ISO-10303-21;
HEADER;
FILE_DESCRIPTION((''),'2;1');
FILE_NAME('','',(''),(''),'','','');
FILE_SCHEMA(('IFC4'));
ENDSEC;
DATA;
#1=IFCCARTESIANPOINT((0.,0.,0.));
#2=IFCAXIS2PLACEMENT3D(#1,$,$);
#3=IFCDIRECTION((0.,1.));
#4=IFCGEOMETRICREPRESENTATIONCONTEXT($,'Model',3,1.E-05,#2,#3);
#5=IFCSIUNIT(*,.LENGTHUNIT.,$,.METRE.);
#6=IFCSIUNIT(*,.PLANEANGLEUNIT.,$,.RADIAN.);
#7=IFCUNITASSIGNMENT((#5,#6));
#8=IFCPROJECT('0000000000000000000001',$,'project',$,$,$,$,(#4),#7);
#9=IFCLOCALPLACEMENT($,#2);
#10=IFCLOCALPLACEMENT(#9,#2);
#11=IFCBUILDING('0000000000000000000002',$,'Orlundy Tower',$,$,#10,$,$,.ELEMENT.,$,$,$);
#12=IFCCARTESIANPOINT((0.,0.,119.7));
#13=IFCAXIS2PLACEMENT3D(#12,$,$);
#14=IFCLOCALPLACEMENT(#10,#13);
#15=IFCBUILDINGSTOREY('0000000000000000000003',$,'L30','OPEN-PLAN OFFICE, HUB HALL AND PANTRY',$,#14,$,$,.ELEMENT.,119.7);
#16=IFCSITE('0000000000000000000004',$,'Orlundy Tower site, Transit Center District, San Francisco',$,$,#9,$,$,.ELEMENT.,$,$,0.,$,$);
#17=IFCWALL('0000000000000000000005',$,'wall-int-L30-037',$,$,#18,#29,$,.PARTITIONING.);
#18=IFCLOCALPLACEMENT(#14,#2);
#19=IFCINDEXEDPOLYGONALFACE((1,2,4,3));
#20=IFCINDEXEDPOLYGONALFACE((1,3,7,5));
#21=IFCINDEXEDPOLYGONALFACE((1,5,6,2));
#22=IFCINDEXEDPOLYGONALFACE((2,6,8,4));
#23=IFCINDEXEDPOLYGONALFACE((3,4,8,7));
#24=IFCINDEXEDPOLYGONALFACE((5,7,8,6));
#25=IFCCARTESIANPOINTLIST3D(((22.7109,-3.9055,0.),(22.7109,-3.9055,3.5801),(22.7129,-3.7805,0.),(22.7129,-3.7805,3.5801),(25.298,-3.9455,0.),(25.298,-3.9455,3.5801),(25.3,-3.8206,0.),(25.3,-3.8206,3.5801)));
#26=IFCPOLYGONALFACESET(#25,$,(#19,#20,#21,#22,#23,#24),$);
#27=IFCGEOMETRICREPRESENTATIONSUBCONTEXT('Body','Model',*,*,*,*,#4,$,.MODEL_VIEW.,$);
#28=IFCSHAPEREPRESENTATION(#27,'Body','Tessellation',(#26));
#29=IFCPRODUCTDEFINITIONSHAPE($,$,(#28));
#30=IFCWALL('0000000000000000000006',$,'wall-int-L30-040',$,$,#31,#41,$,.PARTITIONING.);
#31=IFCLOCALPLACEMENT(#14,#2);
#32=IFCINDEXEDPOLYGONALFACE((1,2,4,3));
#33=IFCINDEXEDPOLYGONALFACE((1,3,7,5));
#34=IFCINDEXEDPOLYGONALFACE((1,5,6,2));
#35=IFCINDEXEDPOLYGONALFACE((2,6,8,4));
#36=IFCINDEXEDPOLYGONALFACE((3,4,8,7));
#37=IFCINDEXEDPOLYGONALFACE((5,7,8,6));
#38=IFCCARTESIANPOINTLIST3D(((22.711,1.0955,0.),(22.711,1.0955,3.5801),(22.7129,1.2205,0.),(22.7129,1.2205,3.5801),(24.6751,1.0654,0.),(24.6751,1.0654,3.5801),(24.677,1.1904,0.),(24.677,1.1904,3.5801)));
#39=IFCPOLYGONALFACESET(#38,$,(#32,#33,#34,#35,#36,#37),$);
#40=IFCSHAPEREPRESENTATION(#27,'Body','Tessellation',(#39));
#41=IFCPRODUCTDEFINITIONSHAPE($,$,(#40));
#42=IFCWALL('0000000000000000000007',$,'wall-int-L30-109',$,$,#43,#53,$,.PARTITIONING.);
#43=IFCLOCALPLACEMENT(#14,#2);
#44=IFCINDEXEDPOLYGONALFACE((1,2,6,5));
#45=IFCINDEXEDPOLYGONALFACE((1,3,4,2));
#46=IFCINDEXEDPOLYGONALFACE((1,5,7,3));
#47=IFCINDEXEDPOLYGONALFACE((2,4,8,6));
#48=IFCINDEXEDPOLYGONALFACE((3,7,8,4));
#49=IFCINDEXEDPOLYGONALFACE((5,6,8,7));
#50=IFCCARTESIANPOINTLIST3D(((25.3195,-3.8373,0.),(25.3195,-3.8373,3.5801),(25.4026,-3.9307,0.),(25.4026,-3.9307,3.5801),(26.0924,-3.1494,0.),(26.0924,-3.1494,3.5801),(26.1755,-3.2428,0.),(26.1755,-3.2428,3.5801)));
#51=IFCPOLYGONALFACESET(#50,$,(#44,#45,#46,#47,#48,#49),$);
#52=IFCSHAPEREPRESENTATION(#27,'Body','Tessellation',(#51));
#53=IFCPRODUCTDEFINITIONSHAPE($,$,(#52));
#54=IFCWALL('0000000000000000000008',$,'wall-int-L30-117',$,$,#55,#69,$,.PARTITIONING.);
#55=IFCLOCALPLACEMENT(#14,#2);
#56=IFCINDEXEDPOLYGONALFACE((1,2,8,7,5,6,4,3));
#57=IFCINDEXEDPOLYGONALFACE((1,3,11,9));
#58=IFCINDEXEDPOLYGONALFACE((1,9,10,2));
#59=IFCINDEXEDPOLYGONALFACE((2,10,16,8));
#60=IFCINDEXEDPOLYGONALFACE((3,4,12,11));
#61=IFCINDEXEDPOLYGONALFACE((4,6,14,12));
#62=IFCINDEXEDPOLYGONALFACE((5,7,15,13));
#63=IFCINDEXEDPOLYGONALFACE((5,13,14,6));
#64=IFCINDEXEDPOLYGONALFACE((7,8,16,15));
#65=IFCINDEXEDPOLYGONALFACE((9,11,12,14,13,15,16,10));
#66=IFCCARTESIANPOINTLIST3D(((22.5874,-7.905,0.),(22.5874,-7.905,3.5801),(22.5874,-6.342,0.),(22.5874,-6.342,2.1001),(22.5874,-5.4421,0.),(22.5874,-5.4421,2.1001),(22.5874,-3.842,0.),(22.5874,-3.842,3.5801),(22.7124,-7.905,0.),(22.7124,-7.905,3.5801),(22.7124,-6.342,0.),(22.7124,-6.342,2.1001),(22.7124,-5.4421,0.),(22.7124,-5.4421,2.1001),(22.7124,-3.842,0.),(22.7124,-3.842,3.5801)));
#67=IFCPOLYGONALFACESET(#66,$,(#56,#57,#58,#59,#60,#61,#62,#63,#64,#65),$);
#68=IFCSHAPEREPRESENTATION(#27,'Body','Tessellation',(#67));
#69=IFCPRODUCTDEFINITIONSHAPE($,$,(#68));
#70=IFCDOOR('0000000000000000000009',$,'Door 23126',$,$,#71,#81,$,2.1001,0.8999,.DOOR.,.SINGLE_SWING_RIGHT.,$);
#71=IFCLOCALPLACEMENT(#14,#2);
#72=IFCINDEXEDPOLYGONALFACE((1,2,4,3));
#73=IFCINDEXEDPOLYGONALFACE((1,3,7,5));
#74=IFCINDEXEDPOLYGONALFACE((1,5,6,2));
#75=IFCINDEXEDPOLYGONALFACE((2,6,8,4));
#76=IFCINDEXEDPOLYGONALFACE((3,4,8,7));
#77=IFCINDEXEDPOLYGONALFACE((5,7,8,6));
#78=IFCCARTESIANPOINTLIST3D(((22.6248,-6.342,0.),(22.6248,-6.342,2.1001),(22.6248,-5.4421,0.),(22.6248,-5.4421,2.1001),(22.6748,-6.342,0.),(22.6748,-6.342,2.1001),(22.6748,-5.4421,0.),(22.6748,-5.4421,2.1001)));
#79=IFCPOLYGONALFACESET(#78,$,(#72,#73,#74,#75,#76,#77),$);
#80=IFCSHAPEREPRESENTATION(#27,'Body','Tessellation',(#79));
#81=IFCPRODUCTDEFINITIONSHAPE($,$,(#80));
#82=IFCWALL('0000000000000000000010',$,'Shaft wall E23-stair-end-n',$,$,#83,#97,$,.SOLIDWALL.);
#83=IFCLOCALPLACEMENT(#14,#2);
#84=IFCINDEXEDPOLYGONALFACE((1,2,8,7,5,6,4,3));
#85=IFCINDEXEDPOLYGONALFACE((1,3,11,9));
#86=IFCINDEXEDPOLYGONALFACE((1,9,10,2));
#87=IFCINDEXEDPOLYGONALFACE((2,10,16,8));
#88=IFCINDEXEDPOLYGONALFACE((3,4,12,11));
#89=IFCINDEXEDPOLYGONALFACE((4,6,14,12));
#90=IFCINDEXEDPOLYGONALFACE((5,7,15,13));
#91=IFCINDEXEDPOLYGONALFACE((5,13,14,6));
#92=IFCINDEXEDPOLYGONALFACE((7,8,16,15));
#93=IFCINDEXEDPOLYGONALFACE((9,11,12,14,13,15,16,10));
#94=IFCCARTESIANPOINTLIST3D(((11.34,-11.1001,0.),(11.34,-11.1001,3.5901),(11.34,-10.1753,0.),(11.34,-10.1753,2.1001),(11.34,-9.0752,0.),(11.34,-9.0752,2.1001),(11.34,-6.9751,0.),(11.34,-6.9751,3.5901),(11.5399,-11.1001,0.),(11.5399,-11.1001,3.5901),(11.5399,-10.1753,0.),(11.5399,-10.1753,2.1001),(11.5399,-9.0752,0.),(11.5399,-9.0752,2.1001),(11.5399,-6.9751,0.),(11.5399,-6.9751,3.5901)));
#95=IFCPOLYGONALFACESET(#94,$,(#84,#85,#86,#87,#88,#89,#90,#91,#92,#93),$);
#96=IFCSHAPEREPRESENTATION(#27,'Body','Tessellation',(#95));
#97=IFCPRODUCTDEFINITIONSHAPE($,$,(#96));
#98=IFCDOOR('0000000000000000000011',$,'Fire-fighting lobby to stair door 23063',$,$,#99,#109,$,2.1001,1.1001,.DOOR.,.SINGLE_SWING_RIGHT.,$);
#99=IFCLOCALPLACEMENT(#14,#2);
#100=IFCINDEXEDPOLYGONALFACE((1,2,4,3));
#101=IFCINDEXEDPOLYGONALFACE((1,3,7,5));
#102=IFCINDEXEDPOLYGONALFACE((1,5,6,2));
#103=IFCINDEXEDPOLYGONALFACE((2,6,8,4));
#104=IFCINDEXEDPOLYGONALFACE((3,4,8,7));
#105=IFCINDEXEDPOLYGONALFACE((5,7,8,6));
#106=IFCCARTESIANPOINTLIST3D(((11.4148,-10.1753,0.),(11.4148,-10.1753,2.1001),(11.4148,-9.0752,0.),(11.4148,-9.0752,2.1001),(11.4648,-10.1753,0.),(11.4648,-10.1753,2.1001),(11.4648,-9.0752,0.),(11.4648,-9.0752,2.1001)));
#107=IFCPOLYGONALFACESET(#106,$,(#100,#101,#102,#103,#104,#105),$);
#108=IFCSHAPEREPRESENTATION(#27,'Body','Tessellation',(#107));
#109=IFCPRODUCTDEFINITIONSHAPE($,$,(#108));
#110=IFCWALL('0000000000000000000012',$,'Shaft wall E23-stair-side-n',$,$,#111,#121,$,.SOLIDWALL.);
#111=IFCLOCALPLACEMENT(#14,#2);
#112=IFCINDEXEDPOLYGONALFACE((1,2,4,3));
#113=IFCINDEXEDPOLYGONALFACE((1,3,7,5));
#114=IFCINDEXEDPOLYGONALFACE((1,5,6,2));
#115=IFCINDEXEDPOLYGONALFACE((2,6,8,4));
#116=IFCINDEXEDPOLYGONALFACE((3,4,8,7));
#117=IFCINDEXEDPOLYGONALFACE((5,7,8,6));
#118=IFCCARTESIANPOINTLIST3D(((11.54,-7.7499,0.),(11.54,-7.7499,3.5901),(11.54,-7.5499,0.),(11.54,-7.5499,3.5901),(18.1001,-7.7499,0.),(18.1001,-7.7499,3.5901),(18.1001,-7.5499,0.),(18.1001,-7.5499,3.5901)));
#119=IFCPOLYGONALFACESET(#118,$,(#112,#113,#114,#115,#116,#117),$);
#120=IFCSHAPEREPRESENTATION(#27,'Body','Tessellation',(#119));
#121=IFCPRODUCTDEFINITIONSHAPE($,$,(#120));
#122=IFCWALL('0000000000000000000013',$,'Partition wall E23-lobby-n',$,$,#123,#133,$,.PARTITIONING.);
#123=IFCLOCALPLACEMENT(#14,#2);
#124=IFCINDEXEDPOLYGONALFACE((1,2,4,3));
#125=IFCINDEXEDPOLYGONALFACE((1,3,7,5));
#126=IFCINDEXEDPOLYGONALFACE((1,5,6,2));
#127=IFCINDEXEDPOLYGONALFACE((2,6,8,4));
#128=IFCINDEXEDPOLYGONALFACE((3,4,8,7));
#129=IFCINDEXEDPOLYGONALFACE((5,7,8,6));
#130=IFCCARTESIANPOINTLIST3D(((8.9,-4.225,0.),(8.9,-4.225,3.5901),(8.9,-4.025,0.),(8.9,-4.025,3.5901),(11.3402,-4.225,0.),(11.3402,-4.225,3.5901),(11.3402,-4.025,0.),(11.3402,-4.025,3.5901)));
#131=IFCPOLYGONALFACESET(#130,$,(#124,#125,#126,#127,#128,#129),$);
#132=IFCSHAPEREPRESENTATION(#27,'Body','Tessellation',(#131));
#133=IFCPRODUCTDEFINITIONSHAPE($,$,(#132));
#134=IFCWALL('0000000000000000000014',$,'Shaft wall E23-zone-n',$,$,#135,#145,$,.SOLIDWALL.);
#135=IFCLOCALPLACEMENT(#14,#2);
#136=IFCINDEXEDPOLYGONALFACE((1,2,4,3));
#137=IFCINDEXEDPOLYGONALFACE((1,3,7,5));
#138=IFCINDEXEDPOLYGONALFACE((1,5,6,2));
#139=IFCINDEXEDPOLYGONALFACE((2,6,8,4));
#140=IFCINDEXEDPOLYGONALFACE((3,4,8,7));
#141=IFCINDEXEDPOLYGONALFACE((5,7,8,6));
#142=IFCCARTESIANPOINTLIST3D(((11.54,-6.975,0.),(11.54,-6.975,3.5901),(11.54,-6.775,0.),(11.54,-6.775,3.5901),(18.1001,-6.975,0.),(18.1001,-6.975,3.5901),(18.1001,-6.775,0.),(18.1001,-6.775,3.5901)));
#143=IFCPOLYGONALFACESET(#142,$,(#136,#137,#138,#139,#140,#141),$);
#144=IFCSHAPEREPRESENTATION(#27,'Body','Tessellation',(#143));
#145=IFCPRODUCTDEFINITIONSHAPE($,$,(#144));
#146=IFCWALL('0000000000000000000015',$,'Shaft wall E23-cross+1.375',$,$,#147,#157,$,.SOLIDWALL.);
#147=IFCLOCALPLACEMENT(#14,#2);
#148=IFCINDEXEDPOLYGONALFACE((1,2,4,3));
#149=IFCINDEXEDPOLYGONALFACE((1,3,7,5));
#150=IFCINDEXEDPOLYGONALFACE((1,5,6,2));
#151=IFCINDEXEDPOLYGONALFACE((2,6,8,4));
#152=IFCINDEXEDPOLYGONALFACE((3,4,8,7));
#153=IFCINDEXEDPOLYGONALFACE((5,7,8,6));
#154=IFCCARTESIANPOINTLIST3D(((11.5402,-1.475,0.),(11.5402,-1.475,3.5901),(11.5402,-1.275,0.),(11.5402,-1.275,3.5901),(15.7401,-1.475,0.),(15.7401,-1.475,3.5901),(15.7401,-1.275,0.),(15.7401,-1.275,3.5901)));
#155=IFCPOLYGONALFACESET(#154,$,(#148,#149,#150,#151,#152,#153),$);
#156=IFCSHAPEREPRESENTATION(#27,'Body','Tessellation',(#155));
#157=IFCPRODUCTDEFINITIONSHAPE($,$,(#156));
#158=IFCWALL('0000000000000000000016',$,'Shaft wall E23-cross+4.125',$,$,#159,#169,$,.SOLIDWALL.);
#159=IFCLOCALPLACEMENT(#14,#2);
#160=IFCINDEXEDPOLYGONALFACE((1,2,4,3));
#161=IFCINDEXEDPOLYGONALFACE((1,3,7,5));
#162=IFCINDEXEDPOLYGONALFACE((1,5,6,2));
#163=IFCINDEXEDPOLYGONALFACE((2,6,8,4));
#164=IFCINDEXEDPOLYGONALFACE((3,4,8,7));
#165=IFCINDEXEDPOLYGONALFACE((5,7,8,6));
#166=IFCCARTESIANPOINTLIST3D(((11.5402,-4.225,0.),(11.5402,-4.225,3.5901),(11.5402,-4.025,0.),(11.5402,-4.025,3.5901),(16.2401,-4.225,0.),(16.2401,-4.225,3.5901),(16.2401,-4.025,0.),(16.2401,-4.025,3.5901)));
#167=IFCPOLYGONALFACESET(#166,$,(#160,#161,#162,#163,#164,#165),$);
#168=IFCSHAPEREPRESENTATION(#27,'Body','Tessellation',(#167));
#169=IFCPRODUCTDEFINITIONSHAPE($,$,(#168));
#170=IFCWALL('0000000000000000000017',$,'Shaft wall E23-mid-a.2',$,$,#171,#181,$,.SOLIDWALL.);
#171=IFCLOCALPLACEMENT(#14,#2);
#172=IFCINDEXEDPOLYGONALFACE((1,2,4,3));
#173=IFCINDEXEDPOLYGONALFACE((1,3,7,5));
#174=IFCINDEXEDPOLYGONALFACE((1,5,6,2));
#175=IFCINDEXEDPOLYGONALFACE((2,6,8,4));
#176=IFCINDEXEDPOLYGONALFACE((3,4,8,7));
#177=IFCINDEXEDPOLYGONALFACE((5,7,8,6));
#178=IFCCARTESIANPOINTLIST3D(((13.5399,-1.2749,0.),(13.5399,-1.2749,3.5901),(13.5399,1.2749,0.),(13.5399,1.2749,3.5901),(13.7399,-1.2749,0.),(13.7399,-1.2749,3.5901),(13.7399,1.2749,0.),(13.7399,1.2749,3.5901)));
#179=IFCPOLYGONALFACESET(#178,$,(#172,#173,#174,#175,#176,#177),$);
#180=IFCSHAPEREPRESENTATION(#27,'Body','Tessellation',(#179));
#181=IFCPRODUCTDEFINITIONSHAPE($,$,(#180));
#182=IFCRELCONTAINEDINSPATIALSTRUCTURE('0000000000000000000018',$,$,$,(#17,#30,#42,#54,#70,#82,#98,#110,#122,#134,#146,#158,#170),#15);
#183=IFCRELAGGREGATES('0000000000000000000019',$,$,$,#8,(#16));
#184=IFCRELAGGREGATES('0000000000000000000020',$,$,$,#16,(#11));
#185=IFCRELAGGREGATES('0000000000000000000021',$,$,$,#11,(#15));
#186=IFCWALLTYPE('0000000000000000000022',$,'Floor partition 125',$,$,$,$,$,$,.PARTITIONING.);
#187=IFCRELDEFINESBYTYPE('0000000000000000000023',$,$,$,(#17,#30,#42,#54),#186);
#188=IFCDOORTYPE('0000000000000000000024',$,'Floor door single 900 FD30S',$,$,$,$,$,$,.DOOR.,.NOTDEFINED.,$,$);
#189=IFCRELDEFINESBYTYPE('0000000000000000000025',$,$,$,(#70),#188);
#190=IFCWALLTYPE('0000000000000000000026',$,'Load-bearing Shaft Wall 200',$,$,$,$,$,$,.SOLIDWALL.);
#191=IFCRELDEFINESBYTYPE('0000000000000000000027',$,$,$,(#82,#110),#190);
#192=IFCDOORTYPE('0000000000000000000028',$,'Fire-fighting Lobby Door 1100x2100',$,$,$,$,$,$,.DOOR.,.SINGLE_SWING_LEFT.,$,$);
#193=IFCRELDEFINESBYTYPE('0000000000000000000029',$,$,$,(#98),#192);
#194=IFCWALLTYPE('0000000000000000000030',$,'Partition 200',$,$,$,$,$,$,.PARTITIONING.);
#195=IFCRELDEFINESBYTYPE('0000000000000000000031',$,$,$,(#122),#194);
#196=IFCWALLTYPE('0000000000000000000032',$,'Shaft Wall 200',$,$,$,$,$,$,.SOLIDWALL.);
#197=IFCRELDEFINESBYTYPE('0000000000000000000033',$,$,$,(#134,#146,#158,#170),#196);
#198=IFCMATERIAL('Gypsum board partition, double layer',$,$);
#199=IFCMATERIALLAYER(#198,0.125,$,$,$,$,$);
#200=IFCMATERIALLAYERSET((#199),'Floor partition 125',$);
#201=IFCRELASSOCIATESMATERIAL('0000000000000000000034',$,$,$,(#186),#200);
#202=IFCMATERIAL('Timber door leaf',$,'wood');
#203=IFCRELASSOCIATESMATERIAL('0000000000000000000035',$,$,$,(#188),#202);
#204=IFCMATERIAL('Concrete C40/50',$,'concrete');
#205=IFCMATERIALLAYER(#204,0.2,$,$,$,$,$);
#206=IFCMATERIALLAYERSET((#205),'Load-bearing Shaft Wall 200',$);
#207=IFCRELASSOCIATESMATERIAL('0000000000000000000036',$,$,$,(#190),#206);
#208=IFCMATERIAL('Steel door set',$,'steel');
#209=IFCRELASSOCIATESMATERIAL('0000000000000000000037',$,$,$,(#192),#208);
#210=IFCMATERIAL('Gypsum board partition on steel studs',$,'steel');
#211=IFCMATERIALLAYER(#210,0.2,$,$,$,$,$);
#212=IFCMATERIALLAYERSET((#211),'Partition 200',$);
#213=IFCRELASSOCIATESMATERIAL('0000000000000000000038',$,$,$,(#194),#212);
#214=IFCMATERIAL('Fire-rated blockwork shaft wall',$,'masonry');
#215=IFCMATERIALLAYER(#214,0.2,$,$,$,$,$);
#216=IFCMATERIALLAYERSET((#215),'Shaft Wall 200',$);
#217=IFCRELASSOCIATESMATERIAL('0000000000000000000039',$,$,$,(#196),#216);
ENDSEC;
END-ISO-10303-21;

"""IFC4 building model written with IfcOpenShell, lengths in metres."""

from ifc_helpers import new_model, si_unit, direction, frame, frame_2d, origin, place, context, subcontext, project, spatial, rectangle, extrude, material, layer, layer_set, type_object, element, fill, save


model = new_model("IFC4")

# Units and contexts
model_context = context("Model", 3, precision=1e-05, world=origin(), true_north=direction((0.0, 1.0)))
body_context = subcontext(model_context, "Body", "Model", "MODEL_VIEW")
ifc_project = project(units=[si_unit("LENGTHUNIT", "METRE"), si_unit("PLANEANGLEUNIT", "RADIAN")], contexts=[model_context])

# Site, building, storey
site_placement = place(None, origin())
site = spatial("IfcSite", under=ifc_project, at=site_placement, Name="Orlundy Tower site, Transit Center District, San Francisco", CompositionType="ELEMENT", RefElevation=0.0)
building_placement = place(site_placement, origin())
building = spatial("IfcBuilding", under=site, at=building_placement, Name="Orlundy Tower", CompositionType="ELEMENT")
storey_placement = place(building_placement, frame((0.0, 0.0, 119.7)))
storey = spatial("IfcBuildingStorey", under=building, at=storey_placement, Name="L30", Description="OPEN-PLAN OFFICE, HUB HALL AND PANTRY", CompositionType="ELEMENT", Elevation=119.7)

# Walls
ifc_material_1 = material(Name="Gypsum board partition, double layer")
ifc_layer_1 = layer(ifc_material_1, 0.125)
ifc_layer_set_1 = layer_set([ifc_layer_1], Name="Floor partition 125")
wall_type_1 = type_object("IfcWallType", Name="Floor partition 125", PredefinedType="PARTITIONING", material=ifc_layer_set_1)
wall_1_placement = place(storey_placement, frame((22.7119, -3.843, 0.0), z_axis=(0.0, 0.0, 1.0), x_axis=(0.99988, -0.015474, 0.0)))
element("IfcWall", 1, at=wall_1_placement, inside=storey, type_object=wall_type_1, Name="wall-int-L30-037", PredefinedType="PARTITIONING", context=body_context, shape_type="SweptSolid", body=[
    extrude(rectangle(XDim=2.5874, YDim=0.125, at=frame_2d((1.2937, 0.0))), origin(), (0.0, 0.0, 1.0), 3.5801),
])
wall_2_placement = place(storey_placement, frame((22.7119, 1.158, 0.0), z_axis=(0.0, 0.0, 1.0), x_axis=(0.999883, -0.015287, 0.0)))
element("IfcWall", 2, at=wall_2_placement, inside=storey, type_object=wall_type_1, Name="wall-int-L30-040", PredefinedType="PARTITIONING", context=body_context, shape_type="SweptSolid", body=[
    extrude(rectangle(XDim=1.9644, YDim=0.125, at=frame_2d((0.9822, 0.0))), origin(), (0.0, 0.0, 1.0), 3.5801),
])
wall_3_placement = place(storey_placement, frame((25.3611, -3.884, 0.0), z_axis=(0.0, 0.0, 1.0), x_axis=(0.746967, 0.664862, 0.0)))
element("IfcWall", 3, at=wall_3_placement, inside=storey, type_object=wall_type_1, Name="wall-int-L30-109", PredefinedType="PARTITIONING", context=body_context, shape_type="SweptSolid", body=[
    extrude(rectangle(XDim=1.0347, YDim=0.125, at=frame_2d((0.5173, 0.0))), origin(), (0.0, 0.0, 1.0), 3.5801),
])

# Walls, openings, doors
wall_4_placement = place(storey_placement, frame((22.6499, -3.842, 0.0), z_axis=(0.0, 0.0, 1.0), x_axis=(0.0, -1.0, 0.0)))
wall_4 = element("IfcWall", 4, at=wall_4_placement, inside=storey, type_object=wall_type_1, Name="wall-int-L30-117", PredefinedType="PARTITIONING", context=body_context, shape_type="SweptSolid", body=[
    extrude(rectangle(XDim=4.063, YDim=0.125, at=frame_2d((2.0315, 0.0))), origin(), (0.0, 0.0, 1.0), 3.5801),
])
opening_1_placement = place(wall_4_placement, frame((1.6001, 0.0, 0.0)))
opening_1 = element("IfcOpeningElement", 5, at=opening_1_placement, cuts=wall_4, PredefinedType="OPENING", context=body_context, shape_type="SweptSolid", body=[
    extrude(rectangle(XDim=0.8999, YDim=2.1001, at=frame_2d((0.45, 1.05))), frame((0.0, 0.0725, 0.0), z_axis=(0.0, -1.0, 0.0), x_axis=(1.0, 0.0, 0.0)), (0.0, 0.0, 1.0), 0.145),
])
ifc_material_2 = material(Name="Timber door leaf", Category="wood")
door_type_1 = type_object("IfcDoorType", Name="Floor door single 900 FD30S", OperationType="NOTDEFINED", PredefinedType="DOOR", material=ifc_material_2)
door_1_placement = place(opening_1_placement, origin())
door_1 = element("IfcDoor", 6, at=door_1_placement, inside=storey, type_object=door_type_1, Name="Door 23126", OperationType="SINGLE_SWING_RIGHT", OverallHeight=2.1001, OverallWidth=0.8999, PredefinedType="DOOR", context=body_context, shape_type="SweptSolid", body=[
    extrude(rectangle(XDim=0.8999, YDim=2.1001, at=frame_2d((0.45, 1.05))), frame((0.0, 0.0249, 0.0), z_axis=(0.0, -1.0, 0.0), x_axis=(1.0, 0.0, 0.0)), (0.0, 0.0, 1.0), 0.05),
])
fill(opening_1, door_1)
ifc_material_3 = material(Name="Concrete C40/50", Category="concrete")
ifc_layer_2 = layer(ifc_material_3, 0.2)
ifc_layer_set_2 = layer_set([ifc_layer_2], Name="Load-bearing Shaft Wall 200")
wall_type_2 = type_object("IfcWallType", Name="Load-bearing Shaft Wall 200", PredefinedType="SOLIDWALL", material=ifc_layer_set_2)
wall_5_placement = place(storey_placement, frame((11.4399, -6.9751, 0.0), z_axis=(0.0, 0.0, 1.0), x_axis=(0.0, -1.0, 0.0)))
wall_5 = element("IfcWall", 7, at=wall_5_placement, inside=storey, type_object=wall_type_2, Name="Shaft wall E23-stair-end-n", PredefinedType="SOLIDWALL", context=body_context, shape_type="SweptSolid", body=[
    extrude(rectangle(XDim=4.125, YDim=0.2, at=frame_2d((2.0625, 0.0))), origin(), (0.0, 0.0, 1.0), 3.5901),
])
opening_2_placement = place(wall_5_placement, frame((2.1001, 0.0, 0.0)))
opening_2 = element("IfcOpeningElement", 8, at=opening_2_placement, cuts=wall_5, PredefinedType="OPENING", context=body_context, shape_type="SweptSolid", body=[
    extrude(rectangle(XDim=1.1001, YDim=2.1001, at=frame_2d((0.55, 1.05))), frame((0.0, 0.1101, 0.0), z_axis=(0.0, -1.0, 0.0), x_axis=(1.0, 0.0, 0.0)), (0.0, 0.0, 1.0), 0.2202),
])
ifc_material_4 = material(Name="Steel door set", Category="steel")
door_type_2 = type_object("IfcDoorType", Name="Fire-fighting Lobby Door 1100x2100", OperationType="SINGLE_SWING_LEFT", PredefinedType="DOOR", material=ifc_material_4)
door_2_placement = place(opening_2_placement, origin())
door_2 = element("IfcDoor", 9, at=door_2_placement, inside=storey, type_object=door_type_2, Name="Fire-fighting lobby to stair door 23063", OperationType="SINGLE_SWING_RIGHT", OverallHeight=2.1001, OverallWidth=1.1001, PredefinedType="DOOR", context=body_context, shape_type="SweptSolid", body=[
    extrude(rectangle(XDim=1.1001, YDim=2.1001, at=frame_2d((0.55, 1.05))), frame((0.0, 0.0249, 0.0), z_axis=(0.0, -1.0, 0.0), x_axis=(1.0, 0.0, 0.0)), (0.0, 0.0, 1.0), 0.05),
])
fill(opening_2, door_2)

# Walls
wall_6_placement = place(storey_placement, frame((11.54, -7.6499, 0.0), z_axis=(0.0, 0.0, 1.0), x_axis=(1.0, 0.0, 0.0)))
element("IfcWall", 10, at=wall_6_placement, inside=storey, type_object=wall_type_2, Name="Shaft wall E23-stair-side-n", PredefinedType="SOLIDWALL", context=body_context, shape_type="SweptSolid", body=[
    extrude(rectangle(XDim=6.5601, YDim=0.2, at=frame_2d((3.28, 0.0))), origin(), (0.0, 0.0, 1.0), 3.5901),
])
ifc_material_5 = material(Name="Gypsum board partition on steel studs", Category="steel")
ifc_layer_3 = layer(ifc_material_5, 0.2)
ifc_layer_set_3 = layer_set([ifc_layer_3], Name="Partition 200")
wall_type_3 = type_object("IfcWallType", Name="Partition 200", PredefinedType="PARTITIONING", material=ifc_layer_set_3)
wall_7_placement = place(storey_placement, frame((8.8999, -4.125, 0.0), z_axis=(0.0, 0.0, 1.0), x_axis=(1.0, 0.0, 0.0)))
element("IfcWall", 11, at=wall_7_placement, inside=storey, type_object=wall_type_3, Name="Partition wall E23-lobby-n", PredefinedType="PARTITIONING", context=body_context, shape_type="SweptSolid", body=[
    extrude(rectangle(XDim=2.4402, YDim=0.2, at=frame_2d((1.2202, 0.0))), origin(), (0.0, 0.0, 1.0), 3.5901),
])
ifc_material_6 = material(Name="Fire-rated blockwork shaft wall", Category="masonry")
ifc_layer_4 = layer(ifc_material_6, 0.2)
ifc_layer_set_4 = layer_set([ifc_layer_4], Name="Shaft Wall 200")
wall_type_4 = type_object("IfcWallType", Name="Shaft Wall 200", PredefinedType="SOLIDWALL", material=ifc_layer_set_4)
wall_8_placement = place(storey_placement, frame((11.54, -6.875, 0.0), z_axis=(0.0, 0.0, 1.0), x_axis=(1.0, 0.0, 0.0)))
element("IfcWall", 12, at=wall_8_placement, inside=storey, type_object=wall_type_4, Name="Shaft wall E23-zone-n", PredefinedType="SOLIDWALL", context=body_context, shape_type="SweptSolid", body=[
    extrude(rectangle(XDim=6.5601, YDim=0.2, at=frame_2d((3.28, 0.0))), origin(), (0.0, 0.0, 1.0), 3.5901),
])
wall_9_placement = place(storey_placement, frame((11.54, -1.375, 0.0), z_axis=(0.0, 0.0, 1.0), x_axis=(1.0, 0.0, 0.0)))
element("IfcWall", 13, at=wall_9_placement, inside=storey, type_object=wall_type_4, Name="Shaft wall E23-cross+1.375", PredefinedType="SOLIDWALL", context=body_context, shape_type="SweptSolid", body=[
    extrude(rectangle(XDim=4.2, YDim=0.2, at=frame_2d((2.1001, 0.0))), origin(), (0.0, 0.0, 1.0), 3.5901),
])
wall_10_placement = place(storey_placement, frame((11.54, -4.125, 0.0), z_axis=(0.0, 0.0, 1.0), x_axis=(1.0, 0.0, 0.0)))
element("IfcWall", 14, at=wall_10_placement, inside=storey, type_object=wall_type_4, Name="Shaft wall E23-cross+4.125", PredefinedType="SOLIDWALL", context=body_context, shape_type="SweptSolid", body=[
    extrude(rectangle(XDim=4.7, YDim=0.2, at=frame_2d((2.3501, 0.0))), origin(), (0.0, 0.0, 1.0), 3.5901),
])
for number, where, z_axis, x_axis, name in (
    (15, (13.6399, 1.2749, 0.0), (0.0, 0.0, 1.0), (0.0, -1.0, 0.0), "Shaft wall E23-mid-a.2"),
):
    element("IfcWall", number, at=place(storey_placement, frame(where, z_axis=z_axis, x_axis=x_axis)), inside=storey, type_object=wall_type_4, Name=name, PredefinedType="SOLIDWALL", context=body_context, shape_type="SweptSolid", body=[
        extrude(rectangle(XDim=2.5498, YDim=0.2, at=frame_2d((1.2749, 0.0))), origin(), (0.0, 0.0, 1.0), 3.5901),
    ])

save(model, "model.ifc")
